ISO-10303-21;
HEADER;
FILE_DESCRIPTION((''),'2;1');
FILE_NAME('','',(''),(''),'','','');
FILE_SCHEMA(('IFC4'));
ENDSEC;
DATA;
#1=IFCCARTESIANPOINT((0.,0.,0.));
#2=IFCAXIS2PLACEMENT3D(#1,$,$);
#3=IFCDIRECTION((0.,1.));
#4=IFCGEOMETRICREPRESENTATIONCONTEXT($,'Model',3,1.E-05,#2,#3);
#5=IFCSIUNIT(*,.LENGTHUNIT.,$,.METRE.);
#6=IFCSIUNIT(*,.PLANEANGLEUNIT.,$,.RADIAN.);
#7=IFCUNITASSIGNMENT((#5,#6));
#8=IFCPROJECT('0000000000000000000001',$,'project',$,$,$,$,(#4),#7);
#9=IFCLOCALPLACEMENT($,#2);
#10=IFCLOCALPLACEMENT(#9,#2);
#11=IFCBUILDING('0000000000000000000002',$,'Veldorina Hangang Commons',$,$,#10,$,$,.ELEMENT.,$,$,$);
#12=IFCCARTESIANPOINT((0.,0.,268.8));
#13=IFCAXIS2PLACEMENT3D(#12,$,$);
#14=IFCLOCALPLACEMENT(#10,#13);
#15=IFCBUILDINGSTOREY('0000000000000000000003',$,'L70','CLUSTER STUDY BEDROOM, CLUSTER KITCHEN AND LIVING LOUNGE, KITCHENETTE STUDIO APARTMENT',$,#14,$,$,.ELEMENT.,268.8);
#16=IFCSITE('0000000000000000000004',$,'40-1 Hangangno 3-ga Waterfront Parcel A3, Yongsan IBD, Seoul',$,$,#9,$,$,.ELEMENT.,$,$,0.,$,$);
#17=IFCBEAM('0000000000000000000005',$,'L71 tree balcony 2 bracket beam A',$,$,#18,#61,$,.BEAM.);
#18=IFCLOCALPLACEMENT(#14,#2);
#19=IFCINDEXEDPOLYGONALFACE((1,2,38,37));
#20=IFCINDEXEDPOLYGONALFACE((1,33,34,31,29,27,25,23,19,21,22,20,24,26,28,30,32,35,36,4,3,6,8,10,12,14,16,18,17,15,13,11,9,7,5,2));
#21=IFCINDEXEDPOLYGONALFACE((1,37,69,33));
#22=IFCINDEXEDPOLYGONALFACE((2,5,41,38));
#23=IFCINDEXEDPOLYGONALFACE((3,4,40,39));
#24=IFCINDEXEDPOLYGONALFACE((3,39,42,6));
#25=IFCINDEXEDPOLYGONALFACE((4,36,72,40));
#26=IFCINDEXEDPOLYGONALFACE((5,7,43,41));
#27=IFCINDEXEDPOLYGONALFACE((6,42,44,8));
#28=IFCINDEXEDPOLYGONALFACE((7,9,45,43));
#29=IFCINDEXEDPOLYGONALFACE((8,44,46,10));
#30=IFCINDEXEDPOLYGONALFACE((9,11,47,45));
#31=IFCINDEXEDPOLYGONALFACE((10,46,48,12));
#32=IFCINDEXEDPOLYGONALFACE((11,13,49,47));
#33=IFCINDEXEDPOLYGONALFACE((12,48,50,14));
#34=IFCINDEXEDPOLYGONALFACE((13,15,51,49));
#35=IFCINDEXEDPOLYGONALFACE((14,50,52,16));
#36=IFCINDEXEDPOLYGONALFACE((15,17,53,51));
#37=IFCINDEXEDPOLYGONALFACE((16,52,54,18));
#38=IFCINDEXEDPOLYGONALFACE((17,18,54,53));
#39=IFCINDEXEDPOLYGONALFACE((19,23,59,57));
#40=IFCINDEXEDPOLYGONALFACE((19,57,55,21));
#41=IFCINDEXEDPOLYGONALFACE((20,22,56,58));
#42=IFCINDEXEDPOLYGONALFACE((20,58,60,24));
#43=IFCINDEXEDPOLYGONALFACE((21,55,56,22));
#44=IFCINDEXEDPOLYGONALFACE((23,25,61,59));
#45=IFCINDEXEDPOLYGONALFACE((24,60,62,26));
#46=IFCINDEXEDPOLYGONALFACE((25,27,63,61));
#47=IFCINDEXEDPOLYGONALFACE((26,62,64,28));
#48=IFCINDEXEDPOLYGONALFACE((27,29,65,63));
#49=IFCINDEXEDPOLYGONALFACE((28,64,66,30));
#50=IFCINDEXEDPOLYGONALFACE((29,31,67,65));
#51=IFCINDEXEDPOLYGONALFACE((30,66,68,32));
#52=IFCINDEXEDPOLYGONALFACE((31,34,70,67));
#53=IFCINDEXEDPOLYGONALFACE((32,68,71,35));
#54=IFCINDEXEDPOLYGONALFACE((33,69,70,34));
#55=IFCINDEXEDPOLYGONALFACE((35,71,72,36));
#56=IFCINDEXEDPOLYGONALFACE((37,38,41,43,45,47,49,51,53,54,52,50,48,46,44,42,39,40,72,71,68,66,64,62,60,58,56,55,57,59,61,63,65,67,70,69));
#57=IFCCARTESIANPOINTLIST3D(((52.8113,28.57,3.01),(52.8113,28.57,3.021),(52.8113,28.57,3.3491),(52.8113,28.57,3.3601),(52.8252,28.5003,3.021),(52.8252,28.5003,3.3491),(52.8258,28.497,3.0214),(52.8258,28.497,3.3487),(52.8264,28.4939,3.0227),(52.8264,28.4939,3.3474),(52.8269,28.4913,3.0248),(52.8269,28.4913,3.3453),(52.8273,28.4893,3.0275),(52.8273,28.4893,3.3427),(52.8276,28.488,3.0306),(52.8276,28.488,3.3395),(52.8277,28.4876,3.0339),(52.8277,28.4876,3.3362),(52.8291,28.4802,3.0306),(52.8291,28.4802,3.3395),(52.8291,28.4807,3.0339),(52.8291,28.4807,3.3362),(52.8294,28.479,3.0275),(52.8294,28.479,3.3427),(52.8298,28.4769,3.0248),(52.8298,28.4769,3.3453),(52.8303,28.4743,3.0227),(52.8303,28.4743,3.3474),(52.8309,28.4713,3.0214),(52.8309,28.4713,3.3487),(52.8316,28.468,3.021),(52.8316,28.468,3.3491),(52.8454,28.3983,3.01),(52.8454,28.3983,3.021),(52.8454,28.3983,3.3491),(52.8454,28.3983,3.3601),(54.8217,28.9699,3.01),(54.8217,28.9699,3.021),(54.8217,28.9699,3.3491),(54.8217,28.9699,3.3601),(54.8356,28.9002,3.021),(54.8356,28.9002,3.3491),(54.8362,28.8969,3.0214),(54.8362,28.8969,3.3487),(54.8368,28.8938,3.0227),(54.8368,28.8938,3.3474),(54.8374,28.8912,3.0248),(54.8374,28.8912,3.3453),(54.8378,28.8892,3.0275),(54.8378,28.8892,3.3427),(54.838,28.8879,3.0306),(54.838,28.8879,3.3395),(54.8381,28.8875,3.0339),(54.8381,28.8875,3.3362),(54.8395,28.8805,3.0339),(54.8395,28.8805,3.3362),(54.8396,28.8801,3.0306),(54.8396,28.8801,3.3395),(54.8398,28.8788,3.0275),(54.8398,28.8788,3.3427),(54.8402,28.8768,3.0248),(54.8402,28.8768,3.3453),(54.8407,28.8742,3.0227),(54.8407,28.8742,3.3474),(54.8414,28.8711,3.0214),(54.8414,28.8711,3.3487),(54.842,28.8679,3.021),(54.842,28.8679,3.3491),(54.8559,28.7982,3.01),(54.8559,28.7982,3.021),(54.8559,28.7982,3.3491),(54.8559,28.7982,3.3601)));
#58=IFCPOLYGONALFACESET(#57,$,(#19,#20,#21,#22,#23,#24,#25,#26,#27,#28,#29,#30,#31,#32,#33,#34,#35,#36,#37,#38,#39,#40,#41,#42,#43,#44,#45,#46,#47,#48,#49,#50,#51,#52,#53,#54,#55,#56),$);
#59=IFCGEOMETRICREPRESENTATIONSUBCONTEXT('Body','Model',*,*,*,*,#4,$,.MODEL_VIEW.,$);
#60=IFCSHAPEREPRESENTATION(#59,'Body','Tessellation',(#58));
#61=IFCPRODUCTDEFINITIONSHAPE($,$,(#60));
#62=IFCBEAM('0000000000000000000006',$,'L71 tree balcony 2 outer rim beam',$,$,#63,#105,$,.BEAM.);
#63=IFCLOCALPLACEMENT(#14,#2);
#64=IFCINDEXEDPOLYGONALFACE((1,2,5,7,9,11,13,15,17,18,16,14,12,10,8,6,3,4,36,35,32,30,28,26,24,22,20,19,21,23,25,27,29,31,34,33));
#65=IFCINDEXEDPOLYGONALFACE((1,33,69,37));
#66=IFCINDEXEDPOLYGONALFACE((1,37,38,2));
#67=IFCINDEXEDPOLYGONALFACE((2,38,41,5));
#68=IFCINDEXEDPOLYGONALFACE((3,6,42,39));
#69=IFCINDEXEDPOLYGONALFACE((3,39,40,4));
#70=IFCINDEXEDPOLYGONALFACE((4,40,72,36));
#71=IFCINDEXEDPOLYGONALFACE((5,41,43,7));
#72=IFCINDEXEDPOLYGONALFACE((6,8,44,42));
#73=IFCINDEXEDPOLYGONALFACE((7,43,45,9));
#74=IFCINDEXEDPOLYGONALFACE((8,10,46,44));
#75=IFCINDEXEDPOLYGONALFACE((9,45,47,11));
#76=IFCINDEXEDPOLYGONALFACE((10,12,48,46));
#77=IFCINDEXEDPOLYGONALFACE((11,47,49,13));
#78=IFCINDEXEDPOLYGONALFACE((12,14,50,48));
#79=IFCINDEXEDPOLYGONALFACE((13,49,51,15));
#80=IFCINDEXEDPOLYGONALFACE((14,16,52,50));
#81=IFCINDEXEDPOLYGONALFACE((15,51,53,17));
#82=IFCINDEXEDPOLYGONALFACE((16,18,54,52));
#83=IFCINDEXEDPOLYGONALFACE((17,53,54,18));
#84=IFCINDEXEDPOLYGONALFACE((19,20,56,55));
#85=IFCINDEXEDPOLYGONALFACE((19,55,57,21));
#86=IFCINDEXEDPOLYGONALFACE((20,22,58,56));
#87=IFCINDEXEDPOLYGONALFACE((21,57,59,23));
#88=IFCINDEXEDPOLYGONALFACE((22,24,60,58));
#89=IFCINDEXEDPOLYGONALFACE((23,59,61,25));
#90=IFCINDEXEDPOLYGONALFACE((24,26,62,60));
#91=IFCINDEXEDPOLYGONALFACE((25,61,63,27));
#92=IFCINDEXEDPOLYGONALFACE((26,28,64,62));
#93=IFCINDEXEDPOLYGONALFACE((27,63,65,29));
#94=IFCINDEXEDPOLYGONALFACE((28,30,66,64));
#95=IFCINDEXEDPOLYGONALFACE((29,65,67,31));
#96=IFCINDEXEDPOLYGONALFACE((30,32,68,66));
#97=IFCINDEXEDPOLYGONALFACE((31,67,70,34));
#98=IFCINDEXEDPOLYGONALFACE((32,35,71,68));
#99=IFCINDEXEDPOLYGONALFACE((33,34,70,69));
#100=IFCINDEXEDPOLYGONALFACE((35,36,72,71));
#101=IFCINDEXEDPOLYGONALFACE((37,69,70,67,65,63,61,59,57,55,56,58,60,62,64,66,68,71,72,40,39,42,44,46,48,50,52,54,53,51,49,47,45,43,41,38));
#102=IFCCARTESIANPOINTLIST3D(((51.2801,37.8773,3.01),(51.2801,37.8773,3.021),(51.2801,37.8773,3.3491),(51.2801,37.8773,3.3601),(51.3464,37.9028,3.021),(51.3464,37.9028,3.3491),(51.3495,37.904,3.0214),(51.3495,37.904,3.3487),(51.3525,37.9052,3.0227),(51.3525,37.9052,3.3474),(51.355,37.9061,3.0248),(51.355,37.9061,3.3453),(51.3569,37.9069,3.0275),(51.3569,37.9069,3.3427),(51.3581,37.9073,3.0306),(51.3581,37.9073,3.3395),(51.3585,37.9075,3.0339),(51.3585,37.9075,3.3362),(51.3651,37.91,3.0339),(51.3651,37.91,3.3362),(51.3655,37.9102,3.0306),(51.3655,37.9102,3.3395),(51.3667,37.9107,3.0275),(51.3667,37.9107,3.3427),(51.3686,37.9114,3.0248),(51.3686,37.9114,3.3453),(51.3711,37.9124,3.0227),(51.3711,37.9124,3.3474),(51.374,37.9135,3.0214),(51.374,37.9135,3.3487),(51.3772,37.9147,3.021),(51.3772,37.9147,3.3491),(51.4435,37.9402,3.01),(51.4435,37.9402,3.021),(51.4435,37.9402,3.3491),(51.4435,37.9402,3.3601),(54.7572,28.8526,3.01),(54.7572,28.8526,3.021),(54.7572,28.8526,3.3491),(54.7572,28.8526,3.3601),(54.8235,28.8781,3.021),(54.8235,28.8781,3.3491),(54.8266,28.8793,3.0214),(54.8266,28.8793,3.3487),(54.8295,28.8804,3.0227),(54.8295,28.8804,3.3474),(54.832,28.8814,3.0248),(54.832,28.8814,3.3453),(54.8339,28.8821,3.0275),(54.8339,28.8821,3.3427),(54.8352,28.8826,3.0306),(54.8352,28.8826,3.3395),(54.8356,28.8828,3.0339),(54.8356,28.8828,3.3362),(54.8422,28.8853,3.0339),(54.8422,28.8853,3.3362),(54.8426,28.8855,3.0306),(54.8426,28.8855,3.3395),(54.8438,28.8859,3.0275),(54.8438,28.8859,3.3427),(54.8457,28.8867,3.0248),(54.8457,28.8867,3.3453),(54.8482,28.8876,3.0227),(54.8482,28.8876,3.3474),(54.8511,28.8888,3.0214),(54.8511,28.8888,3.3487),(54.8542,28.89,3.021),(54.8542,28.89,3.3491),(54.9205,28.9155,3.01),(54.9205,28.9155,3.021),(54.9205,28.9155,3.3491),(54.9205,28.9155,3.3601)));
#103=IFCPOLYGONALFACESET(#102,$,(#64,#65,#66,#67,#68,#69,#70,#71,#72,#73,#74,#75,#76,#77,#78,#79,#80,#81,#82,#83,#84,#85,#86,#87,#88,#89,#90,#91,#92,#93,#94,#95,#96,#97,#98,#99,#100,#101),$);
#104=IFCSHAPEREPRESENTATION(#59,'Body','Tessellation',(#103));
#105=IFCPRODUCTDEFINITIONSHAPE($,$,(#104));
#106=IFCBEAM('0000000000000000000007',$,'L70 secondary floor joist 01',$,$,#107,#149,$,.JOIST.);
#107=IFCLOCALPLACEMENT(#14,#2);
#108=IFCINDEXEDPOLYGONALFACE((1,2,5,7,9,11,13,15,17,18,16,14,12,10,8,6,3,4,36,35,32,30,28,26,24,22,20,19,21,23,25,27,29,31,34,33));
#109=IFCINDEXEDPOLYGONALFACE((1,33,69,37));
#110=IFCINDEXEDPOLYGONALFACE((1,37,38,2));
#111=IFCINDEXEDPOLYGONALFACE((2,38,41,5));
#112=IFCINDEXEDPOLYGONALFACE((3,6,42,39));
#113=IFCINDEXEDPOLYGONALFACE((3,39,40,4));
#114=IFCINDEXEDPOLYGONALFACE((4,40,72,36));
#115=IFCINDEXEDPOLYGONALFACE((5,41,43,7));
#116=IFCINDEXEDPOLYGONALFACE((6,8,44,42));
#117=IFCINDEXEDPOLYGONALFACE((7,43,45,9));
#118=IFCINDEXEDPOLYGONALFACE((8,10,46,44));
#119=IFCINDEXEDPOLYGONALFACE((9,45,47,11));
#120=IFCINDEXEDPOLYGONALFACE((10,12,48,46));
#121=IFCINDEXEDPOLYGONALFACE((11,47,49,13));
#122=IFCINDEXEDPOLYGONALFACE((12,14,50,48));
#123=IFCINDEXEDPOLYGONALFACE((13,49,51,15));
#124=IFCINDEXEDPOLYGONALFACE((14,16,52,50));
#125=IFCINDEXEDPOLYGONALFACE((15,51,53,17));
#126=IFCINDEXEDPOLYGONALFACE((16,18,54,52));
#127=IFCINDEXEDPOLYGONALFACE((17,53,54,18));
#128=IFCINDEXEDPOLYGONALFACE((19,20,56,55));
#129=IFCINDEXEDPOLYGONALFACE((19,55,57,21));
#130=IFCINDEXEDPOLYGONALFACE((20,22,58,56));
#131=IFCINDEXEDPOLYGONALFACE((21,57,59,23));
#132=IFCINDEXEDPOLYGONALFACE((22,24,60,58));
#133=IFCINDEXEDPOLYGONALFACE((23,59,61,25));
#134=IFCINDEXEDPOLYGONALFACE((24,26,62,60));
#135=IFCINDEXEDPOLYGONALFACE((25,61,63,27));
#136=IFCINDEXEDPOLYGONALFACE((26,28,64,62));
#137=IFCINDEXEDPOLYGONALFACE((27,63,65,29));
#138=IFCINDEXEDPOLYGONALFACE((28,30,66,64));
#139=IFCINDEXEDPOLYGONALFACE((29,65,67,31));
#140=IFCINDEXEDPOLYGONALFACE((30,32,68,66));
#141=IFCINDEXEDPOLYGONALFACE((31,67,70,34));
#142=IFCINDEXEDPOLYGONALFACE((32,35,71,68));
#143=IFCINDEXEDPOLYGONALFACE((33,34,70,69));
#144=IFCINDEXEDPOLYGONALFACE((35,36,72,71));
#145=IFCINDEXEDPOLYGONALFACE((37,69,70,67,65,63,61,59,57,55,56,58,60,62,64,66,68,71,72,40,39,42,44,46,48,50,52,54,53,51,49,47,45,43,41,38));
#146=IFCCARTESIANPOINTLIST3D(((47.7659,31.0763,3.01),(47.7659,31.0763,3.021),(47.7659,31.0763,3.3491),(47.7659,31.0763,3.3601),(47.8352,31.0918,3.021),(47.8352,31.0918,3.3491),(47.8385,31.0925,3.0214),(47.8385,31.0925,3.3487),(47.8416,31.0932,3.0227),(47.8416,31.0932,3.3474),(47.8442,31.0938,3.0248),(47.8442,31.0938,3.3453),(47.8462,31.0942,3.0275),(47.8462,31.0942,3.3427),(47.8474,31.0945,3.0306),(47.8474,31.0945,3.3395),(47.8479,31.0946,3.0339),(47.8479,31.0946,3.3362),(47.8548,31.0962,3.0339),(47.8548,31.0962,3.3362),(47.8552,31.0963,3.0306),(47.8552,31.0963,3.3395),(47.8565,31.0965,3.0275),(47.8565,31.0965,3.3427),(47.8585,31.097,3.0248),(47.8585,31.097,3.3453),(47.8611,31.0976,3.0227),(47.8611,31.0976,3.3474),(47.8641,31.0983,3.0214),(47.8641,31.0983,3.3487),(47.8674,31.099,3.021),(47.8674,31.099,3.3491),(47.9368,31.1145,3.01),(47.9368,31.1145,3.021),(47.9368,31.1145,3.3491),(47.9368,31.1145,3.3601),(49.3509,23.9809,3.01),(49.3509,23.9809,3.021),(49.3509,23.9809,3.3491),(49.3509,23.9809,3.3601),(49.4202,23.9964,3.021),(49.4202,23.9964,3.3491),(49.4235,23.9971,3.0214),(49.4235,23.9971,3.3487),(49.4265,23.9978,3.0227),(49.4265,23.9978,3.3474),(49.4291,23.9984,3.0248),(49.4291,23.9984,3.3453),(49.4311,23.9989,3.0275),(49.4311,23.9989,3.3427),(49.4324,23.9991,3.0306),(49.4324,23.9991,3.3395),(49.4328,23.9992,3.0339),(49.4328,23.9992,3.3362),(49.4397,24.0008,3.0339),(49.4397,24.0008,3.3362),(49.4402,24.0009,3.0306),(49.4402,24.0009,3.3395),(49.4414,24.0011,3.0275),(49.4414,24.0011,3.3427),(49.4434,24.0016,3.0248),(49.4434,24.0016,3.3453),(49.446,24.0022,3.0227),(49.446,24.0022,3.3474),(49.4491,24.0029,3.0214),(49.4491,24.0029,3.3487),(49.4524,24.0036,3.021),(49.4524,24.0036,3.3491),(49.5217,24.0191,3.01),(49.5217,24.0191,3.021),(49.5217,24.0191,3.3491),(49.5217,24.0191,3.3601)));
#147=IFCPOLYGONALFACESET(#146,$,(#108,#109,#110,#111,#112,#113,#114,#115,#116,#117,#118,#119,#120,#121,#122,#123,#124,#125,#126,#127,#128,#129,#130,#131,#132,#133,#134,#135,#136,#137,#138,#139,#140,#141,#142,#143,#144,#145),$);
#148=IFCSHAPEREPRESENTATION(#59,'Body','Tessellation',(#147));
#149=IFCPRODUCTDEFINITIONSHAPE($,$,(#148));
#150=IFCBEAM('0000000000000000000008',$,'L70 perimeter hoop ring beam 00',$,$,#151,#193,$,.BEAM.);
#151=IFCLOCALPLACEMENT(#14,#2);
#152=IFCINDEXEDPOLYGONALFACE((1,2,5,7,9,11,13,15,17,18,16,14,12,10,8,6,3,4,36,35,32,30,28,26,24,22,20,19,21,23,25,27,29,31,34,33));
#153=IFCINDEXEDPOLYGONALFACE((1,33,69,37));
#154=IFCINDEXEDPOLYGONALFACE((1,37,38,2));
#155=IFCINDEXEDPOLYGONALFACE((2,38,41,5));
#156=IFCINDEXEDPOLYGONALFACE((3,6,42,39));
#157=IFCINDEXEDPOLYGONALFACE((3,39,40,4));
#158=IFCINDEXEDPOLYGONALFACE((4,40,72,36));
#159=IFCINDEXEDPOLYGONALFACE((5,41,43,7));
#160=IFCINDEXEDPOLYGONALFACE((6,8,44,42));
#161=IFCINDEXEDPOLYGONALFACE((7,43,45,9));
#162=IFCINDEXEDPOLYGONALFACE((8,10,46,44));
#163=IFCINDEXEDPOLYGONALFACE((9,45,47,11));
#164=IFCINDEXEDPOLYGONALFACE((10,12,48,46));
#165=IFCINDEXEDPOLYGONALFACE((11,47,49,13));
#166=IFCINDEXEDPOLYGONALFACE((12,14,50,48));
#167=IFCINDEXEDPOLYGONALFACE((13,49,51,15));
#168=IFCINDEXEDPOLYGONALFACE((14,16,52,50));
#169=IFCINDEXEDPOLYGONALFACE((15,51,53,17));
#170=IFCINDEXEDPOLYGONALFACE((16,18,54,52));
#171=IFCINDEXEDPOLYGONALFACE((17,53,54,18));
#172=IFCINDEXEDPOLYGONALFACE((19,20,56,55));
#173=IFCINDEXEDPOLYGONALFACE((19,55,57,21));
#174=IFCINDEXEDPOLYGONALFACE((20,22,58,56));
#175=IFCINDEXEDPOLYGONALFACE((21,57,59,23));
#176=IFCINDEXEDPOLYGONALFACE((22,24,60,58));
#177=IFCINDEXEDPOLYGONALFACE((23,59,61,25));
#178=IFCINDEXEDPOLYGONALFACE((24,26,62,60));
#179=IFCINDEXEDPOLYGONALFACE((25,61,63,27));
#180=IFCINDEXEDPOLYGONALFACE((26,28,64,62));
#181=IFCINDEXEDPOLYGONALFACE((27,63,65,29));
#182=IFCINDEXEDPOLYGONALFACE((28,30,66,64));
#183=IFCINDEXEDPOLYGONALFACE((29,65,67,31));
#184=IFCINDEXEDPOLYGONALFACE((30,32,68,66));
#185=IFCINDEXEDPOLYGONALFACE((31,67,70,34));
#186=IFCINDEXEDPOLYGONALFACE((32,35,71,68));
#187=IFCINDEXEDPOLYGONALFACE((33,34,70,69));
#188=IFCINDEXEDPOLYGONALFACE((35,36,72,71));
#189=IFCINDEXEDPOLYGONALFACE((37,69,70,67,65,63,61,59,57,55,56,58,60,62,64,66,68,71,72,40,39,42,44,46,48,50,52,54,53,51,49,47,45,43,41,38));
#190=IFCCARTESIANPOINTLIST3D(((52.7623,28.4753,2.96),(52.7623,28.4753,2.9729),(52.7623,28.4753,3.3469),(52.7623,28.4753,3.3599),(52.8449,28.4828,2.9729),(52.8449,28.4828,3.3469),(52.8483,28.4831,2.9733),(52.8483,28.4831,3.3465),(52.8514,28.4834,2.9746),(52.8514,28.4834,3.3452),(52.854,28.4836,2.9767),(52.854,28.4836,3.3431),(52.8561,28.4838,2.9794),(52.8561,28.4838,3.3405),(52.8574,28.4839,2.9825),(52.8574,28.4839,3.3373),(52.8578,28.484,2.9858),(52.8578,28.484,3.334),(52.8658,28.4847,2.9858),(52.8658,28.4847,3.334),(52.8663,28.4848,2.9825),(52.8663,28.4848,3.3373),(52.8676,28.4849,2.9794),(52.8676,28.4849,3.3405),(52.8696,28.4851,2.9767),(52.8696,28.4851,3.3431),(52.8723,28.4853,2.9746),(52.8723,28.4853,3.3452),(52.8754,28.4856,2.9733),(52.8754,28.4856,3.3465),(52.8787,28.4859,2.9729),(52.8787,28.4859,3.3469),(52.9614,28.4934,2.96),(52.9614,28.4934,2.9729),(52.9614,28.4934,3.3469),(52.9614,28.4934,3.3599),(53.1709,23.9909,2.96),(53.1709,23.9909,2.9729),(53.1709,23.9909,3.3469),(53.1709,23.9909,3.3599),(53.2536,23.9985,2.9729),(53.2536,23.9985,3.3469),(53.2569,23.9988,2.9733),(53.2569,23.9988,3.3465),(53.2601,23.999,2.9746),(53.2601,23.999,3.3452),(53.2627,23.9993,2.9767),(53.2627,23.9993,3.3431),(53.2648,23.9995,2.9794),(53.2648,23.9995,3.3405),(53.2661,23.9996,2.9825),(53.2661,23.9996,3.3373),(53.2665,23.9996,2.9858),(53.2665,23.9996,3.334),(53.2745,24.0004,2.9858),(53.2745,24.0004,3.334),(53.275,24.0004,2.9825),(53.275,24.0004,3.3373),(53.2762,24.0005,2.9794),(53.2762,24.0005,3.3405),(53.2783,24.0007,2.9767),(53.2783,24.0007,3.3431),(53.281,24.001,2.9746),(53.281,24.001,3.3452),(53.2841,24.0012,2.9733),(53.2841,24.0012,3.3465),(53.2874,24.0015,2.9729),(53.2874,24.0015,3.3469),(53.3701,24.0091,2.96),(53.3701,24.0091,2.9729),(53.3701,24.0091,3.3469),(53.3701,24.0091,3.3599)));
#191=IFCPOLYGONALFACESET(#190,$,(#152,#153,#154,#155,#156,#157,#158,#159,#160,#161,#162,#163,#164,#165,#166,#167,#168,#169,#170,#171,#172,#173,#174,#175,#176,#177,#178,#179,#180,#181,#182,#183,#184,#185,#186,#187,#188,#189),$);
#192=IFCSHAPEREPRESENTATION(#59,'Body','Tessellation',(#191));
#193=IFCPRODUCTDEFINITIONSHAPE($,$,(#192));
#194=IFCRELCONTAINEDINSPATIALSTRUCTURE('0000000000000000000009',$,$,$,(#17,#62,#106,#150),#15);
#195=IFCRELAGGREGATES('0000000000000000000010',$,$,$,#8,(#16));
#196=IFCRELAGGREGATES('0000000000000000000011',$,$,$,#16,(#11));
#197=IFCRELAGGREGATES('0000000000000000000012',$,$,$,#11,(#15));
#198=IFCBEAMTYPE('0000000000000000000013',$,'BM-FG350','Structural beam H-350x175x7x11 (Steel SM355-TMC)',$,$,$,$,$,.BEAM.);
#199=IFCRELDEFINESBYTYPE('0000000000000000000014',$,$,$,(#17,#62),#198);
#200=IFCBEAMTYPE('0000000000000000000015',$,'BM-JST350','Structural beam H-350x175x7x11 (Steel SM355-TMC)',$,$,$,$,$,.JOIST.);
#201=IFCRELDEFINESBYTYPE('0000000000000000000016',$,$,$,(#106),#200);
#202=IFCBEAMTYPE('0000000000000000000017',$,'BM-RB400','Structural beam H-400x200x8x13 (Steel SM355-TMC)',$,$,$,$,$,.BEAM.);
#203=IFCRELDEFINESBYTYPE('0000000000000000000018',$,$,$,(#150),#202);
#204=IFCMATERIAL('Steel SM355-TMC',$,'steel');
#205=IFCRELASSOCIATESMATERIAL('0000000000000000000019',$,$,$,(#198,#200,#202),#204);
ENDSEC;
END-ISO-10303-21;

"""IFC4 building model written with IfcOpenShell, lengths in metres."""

from ifc_helpers import new_model, si_unit, direction, frame, origin, origin_2d, place, context, subcontext, project, spatial, i_section, extrude, material, material_profile, profile_set, type_object, element, save


model = new_model("IFC4")

# Units and contexts
model_context = context("Model", 3, precision=1e-05, world=origin(), true_north=direction((0.0, 1.0)))
body_context = subcontext(model_context, "Body", "Model", "MODEL_VIEW")
ifc_project = project(units=[si_unit("LENGTHUNIT", "METRE"), si_unit("PLANEANGLEUNIT", "RADIAN")], contexts=[model_context])

# Site, building, storey
site_placement = place(None, origin())
site = spatial("IfcSite", under=ifc_project, at=site_placement, Name="40-1 Hangangno 3-ga Waterfront Parcel A3, Yongsan IBD, Seoul", CompositionType="ELEMENT", RefElevation=0.0)
building_placement = place(site_placement, origin())
building = spatial("IfcBuilding", under=site, at=building_placement, Name="Veldorina Hangang Commons", CompositionType="ELEMENT")
storey_placement = place(building_placement, frame((0.0, 0.0, 268.8)))
storey = spatial("IfcBuildingStorey", under=building, at=storey_placement, Name="L70", Description="CLUSTER STUDY BEDROOM, CLUSTER KITCHEN AND LIVING LOUNGE, KITCHENETTE STUDIO APARTMENT", CompositionType="ELEMENT", Elevation=268.8)

# Beams
ifc_material_1 = material(Name="Steel SM355-TMC", Category="steel")
ifc_material_profile_1 = material_profile(ifc_material_1, i_section(OverallWidth=0.175, OverallDepth=0.3501, WebThickness=0.0071, FlangeThickness=0.011, FilletRadius=0.0129, at=origin_2d()), Name="H-350x175x7x11")
ifc_profile_set_1 = profile_set([ifc_material_profile_1], Name="Steel SM355-TMC")
beam_type_1 = type_object("IfcBeamType", Name="BM-FG350", Description="Structural beam H-350x175x7x11 (Steel SM355-TMC)", PredefinedType="BEAM", material=ifc_profile_set_1)
beam_1_placement = place(storey_placement, frame((52.8284, 28.4841, 3.1851), z_axis=(0.980786, 0.195085, 0.0), x_axis=(-0.195085, 0.980786, 0.0)))
element("IfcBeam", 1, at=beam_1_placement, inside=storey, type_object=beam_type_1, Name="L71 tree balcony 2 bracket beam A", PredefinedType="BEAM", context=body_context, shape_type="SweptSolid", body=[
    extrude(i_section(OverallWidth=0.175, OverallDepth=0.3501, WebThickness=0.0071, FlangeThickness=0.011, FilletRadius=0.0129, at=origin_2d()), origin(), (0.0, 0.0, 1.0), 2.0498),
])
beam_2_placement = place(storey_placement, frame((54.8389, 28.884, 3.1851), z_axis=(-0.359522, 0.933137, 0.0), x_axis=(-0.933137, -0.359522, 0.0)))
element("IfcBeam", 2, at=beam_2_placement, inside=storey, type_object=beam_type_1, Name="L71 tree balcony 2 outer rim beam", PredefinedType="BEAM", context=body_context, shape_type="SweptSolid", body=[
    extrude(i_section(OverallWidth=0.175, OverallDepth=0.3501, WebThickness=0.0071, FlangeThickness=0.011, FilletRadius=0.0129, at=origin_2d()), origin(), (0.0, 0.0, 1.0), 9.6714),
])
ifc_material_profile_2 = material_profile(ifc_material_1, i_section(OverallWidth=0.175, OverallDepth=0.3501, WebThickness=0.0071, FlangeThickness=0.011, FilletRadius=0.0129, at=origin_2d()), Name="H-350x175x7x11")
ifc_profile_set_2 = profile_set([ifc_material_profile_2], Name="Steel SM355-TMC")
beam_type_2 = type_object("IfcBeamType", Name="BM-JST350", Description="Structural beam H-350x175x7x11 (Steel SM355-TMC)", PredefinedType="JOIST", material=ifc_profile_set_2)
beam_3_placement = place(storey_placement, frame((49.4363, 24.0, 3.1851), z_axis=(-0.218004, 0.975948, 0.0), x_axis=(-0.975948, -0.218004, 0.0)))
element("IfcBeam", 3, at=beam_3_placement, inside=storey, type_object=beam_type_2, Name="L70 secondary floor joist 01", PredefinedType="JOIST", context=body_context, shape_type="SweptSolid", body=[
    extrude(i_section(OverallWidth=0.175, OverallDepth=0.3501, WebThickness=0.0071, FlangeThickness=0.011, FilletRadius=0.0129, at=origin_2d()), origin(), (0.0, 0.0, 1.0), 7.2703),
])
ifc_material_profile_3 = material_profile(ifc_material_1, i_section(OverallWidth=0.2, OverallDepth=0.3999, WebThickness=0.0081, FlangeThickness=0.0129, FilletRadius=0.0129, at=origin_2d()), Name="H-400x200x8x13")
ifc_profile_set_3 = profile_set([ifc_material_profile_3], Name="Steel SM355-TMC")
beam_type_3 = type_object("IfcBeamType", Name="BM-RB400", Description="Structural beam H-400x200x8x13 (Steel SM355-TMC)", PredefinedType="BEAM", material=ifc_profile_set_3)
beam_4_placement = place(storey_placement, frame((53.2705, 24.0, 3.1599), z_axis=(-0.090761, 0.995873, 0.0), x_axis=(-0.995873, -0.090761, 0.0)))
element("IfcBeam", 4, at=beam_4_placement, inside=storey, type_object=beam_type_3, Name="L70 perimeter hoop ring beam 00", PredefinedType="BEAM", context=body_context, shape_type="SweptSolid", body=[
    extrude(i_section(OverallWidth=0.2, OverallDepth=0.3999, WebThickness=0.0081, FlangeThickness=0.0129, FilletRadius=0.0129, at=origin_2d()), origin(), (0.0, 0.0, 1.0), 4.5029),
])

save(model, "model.ifc")
